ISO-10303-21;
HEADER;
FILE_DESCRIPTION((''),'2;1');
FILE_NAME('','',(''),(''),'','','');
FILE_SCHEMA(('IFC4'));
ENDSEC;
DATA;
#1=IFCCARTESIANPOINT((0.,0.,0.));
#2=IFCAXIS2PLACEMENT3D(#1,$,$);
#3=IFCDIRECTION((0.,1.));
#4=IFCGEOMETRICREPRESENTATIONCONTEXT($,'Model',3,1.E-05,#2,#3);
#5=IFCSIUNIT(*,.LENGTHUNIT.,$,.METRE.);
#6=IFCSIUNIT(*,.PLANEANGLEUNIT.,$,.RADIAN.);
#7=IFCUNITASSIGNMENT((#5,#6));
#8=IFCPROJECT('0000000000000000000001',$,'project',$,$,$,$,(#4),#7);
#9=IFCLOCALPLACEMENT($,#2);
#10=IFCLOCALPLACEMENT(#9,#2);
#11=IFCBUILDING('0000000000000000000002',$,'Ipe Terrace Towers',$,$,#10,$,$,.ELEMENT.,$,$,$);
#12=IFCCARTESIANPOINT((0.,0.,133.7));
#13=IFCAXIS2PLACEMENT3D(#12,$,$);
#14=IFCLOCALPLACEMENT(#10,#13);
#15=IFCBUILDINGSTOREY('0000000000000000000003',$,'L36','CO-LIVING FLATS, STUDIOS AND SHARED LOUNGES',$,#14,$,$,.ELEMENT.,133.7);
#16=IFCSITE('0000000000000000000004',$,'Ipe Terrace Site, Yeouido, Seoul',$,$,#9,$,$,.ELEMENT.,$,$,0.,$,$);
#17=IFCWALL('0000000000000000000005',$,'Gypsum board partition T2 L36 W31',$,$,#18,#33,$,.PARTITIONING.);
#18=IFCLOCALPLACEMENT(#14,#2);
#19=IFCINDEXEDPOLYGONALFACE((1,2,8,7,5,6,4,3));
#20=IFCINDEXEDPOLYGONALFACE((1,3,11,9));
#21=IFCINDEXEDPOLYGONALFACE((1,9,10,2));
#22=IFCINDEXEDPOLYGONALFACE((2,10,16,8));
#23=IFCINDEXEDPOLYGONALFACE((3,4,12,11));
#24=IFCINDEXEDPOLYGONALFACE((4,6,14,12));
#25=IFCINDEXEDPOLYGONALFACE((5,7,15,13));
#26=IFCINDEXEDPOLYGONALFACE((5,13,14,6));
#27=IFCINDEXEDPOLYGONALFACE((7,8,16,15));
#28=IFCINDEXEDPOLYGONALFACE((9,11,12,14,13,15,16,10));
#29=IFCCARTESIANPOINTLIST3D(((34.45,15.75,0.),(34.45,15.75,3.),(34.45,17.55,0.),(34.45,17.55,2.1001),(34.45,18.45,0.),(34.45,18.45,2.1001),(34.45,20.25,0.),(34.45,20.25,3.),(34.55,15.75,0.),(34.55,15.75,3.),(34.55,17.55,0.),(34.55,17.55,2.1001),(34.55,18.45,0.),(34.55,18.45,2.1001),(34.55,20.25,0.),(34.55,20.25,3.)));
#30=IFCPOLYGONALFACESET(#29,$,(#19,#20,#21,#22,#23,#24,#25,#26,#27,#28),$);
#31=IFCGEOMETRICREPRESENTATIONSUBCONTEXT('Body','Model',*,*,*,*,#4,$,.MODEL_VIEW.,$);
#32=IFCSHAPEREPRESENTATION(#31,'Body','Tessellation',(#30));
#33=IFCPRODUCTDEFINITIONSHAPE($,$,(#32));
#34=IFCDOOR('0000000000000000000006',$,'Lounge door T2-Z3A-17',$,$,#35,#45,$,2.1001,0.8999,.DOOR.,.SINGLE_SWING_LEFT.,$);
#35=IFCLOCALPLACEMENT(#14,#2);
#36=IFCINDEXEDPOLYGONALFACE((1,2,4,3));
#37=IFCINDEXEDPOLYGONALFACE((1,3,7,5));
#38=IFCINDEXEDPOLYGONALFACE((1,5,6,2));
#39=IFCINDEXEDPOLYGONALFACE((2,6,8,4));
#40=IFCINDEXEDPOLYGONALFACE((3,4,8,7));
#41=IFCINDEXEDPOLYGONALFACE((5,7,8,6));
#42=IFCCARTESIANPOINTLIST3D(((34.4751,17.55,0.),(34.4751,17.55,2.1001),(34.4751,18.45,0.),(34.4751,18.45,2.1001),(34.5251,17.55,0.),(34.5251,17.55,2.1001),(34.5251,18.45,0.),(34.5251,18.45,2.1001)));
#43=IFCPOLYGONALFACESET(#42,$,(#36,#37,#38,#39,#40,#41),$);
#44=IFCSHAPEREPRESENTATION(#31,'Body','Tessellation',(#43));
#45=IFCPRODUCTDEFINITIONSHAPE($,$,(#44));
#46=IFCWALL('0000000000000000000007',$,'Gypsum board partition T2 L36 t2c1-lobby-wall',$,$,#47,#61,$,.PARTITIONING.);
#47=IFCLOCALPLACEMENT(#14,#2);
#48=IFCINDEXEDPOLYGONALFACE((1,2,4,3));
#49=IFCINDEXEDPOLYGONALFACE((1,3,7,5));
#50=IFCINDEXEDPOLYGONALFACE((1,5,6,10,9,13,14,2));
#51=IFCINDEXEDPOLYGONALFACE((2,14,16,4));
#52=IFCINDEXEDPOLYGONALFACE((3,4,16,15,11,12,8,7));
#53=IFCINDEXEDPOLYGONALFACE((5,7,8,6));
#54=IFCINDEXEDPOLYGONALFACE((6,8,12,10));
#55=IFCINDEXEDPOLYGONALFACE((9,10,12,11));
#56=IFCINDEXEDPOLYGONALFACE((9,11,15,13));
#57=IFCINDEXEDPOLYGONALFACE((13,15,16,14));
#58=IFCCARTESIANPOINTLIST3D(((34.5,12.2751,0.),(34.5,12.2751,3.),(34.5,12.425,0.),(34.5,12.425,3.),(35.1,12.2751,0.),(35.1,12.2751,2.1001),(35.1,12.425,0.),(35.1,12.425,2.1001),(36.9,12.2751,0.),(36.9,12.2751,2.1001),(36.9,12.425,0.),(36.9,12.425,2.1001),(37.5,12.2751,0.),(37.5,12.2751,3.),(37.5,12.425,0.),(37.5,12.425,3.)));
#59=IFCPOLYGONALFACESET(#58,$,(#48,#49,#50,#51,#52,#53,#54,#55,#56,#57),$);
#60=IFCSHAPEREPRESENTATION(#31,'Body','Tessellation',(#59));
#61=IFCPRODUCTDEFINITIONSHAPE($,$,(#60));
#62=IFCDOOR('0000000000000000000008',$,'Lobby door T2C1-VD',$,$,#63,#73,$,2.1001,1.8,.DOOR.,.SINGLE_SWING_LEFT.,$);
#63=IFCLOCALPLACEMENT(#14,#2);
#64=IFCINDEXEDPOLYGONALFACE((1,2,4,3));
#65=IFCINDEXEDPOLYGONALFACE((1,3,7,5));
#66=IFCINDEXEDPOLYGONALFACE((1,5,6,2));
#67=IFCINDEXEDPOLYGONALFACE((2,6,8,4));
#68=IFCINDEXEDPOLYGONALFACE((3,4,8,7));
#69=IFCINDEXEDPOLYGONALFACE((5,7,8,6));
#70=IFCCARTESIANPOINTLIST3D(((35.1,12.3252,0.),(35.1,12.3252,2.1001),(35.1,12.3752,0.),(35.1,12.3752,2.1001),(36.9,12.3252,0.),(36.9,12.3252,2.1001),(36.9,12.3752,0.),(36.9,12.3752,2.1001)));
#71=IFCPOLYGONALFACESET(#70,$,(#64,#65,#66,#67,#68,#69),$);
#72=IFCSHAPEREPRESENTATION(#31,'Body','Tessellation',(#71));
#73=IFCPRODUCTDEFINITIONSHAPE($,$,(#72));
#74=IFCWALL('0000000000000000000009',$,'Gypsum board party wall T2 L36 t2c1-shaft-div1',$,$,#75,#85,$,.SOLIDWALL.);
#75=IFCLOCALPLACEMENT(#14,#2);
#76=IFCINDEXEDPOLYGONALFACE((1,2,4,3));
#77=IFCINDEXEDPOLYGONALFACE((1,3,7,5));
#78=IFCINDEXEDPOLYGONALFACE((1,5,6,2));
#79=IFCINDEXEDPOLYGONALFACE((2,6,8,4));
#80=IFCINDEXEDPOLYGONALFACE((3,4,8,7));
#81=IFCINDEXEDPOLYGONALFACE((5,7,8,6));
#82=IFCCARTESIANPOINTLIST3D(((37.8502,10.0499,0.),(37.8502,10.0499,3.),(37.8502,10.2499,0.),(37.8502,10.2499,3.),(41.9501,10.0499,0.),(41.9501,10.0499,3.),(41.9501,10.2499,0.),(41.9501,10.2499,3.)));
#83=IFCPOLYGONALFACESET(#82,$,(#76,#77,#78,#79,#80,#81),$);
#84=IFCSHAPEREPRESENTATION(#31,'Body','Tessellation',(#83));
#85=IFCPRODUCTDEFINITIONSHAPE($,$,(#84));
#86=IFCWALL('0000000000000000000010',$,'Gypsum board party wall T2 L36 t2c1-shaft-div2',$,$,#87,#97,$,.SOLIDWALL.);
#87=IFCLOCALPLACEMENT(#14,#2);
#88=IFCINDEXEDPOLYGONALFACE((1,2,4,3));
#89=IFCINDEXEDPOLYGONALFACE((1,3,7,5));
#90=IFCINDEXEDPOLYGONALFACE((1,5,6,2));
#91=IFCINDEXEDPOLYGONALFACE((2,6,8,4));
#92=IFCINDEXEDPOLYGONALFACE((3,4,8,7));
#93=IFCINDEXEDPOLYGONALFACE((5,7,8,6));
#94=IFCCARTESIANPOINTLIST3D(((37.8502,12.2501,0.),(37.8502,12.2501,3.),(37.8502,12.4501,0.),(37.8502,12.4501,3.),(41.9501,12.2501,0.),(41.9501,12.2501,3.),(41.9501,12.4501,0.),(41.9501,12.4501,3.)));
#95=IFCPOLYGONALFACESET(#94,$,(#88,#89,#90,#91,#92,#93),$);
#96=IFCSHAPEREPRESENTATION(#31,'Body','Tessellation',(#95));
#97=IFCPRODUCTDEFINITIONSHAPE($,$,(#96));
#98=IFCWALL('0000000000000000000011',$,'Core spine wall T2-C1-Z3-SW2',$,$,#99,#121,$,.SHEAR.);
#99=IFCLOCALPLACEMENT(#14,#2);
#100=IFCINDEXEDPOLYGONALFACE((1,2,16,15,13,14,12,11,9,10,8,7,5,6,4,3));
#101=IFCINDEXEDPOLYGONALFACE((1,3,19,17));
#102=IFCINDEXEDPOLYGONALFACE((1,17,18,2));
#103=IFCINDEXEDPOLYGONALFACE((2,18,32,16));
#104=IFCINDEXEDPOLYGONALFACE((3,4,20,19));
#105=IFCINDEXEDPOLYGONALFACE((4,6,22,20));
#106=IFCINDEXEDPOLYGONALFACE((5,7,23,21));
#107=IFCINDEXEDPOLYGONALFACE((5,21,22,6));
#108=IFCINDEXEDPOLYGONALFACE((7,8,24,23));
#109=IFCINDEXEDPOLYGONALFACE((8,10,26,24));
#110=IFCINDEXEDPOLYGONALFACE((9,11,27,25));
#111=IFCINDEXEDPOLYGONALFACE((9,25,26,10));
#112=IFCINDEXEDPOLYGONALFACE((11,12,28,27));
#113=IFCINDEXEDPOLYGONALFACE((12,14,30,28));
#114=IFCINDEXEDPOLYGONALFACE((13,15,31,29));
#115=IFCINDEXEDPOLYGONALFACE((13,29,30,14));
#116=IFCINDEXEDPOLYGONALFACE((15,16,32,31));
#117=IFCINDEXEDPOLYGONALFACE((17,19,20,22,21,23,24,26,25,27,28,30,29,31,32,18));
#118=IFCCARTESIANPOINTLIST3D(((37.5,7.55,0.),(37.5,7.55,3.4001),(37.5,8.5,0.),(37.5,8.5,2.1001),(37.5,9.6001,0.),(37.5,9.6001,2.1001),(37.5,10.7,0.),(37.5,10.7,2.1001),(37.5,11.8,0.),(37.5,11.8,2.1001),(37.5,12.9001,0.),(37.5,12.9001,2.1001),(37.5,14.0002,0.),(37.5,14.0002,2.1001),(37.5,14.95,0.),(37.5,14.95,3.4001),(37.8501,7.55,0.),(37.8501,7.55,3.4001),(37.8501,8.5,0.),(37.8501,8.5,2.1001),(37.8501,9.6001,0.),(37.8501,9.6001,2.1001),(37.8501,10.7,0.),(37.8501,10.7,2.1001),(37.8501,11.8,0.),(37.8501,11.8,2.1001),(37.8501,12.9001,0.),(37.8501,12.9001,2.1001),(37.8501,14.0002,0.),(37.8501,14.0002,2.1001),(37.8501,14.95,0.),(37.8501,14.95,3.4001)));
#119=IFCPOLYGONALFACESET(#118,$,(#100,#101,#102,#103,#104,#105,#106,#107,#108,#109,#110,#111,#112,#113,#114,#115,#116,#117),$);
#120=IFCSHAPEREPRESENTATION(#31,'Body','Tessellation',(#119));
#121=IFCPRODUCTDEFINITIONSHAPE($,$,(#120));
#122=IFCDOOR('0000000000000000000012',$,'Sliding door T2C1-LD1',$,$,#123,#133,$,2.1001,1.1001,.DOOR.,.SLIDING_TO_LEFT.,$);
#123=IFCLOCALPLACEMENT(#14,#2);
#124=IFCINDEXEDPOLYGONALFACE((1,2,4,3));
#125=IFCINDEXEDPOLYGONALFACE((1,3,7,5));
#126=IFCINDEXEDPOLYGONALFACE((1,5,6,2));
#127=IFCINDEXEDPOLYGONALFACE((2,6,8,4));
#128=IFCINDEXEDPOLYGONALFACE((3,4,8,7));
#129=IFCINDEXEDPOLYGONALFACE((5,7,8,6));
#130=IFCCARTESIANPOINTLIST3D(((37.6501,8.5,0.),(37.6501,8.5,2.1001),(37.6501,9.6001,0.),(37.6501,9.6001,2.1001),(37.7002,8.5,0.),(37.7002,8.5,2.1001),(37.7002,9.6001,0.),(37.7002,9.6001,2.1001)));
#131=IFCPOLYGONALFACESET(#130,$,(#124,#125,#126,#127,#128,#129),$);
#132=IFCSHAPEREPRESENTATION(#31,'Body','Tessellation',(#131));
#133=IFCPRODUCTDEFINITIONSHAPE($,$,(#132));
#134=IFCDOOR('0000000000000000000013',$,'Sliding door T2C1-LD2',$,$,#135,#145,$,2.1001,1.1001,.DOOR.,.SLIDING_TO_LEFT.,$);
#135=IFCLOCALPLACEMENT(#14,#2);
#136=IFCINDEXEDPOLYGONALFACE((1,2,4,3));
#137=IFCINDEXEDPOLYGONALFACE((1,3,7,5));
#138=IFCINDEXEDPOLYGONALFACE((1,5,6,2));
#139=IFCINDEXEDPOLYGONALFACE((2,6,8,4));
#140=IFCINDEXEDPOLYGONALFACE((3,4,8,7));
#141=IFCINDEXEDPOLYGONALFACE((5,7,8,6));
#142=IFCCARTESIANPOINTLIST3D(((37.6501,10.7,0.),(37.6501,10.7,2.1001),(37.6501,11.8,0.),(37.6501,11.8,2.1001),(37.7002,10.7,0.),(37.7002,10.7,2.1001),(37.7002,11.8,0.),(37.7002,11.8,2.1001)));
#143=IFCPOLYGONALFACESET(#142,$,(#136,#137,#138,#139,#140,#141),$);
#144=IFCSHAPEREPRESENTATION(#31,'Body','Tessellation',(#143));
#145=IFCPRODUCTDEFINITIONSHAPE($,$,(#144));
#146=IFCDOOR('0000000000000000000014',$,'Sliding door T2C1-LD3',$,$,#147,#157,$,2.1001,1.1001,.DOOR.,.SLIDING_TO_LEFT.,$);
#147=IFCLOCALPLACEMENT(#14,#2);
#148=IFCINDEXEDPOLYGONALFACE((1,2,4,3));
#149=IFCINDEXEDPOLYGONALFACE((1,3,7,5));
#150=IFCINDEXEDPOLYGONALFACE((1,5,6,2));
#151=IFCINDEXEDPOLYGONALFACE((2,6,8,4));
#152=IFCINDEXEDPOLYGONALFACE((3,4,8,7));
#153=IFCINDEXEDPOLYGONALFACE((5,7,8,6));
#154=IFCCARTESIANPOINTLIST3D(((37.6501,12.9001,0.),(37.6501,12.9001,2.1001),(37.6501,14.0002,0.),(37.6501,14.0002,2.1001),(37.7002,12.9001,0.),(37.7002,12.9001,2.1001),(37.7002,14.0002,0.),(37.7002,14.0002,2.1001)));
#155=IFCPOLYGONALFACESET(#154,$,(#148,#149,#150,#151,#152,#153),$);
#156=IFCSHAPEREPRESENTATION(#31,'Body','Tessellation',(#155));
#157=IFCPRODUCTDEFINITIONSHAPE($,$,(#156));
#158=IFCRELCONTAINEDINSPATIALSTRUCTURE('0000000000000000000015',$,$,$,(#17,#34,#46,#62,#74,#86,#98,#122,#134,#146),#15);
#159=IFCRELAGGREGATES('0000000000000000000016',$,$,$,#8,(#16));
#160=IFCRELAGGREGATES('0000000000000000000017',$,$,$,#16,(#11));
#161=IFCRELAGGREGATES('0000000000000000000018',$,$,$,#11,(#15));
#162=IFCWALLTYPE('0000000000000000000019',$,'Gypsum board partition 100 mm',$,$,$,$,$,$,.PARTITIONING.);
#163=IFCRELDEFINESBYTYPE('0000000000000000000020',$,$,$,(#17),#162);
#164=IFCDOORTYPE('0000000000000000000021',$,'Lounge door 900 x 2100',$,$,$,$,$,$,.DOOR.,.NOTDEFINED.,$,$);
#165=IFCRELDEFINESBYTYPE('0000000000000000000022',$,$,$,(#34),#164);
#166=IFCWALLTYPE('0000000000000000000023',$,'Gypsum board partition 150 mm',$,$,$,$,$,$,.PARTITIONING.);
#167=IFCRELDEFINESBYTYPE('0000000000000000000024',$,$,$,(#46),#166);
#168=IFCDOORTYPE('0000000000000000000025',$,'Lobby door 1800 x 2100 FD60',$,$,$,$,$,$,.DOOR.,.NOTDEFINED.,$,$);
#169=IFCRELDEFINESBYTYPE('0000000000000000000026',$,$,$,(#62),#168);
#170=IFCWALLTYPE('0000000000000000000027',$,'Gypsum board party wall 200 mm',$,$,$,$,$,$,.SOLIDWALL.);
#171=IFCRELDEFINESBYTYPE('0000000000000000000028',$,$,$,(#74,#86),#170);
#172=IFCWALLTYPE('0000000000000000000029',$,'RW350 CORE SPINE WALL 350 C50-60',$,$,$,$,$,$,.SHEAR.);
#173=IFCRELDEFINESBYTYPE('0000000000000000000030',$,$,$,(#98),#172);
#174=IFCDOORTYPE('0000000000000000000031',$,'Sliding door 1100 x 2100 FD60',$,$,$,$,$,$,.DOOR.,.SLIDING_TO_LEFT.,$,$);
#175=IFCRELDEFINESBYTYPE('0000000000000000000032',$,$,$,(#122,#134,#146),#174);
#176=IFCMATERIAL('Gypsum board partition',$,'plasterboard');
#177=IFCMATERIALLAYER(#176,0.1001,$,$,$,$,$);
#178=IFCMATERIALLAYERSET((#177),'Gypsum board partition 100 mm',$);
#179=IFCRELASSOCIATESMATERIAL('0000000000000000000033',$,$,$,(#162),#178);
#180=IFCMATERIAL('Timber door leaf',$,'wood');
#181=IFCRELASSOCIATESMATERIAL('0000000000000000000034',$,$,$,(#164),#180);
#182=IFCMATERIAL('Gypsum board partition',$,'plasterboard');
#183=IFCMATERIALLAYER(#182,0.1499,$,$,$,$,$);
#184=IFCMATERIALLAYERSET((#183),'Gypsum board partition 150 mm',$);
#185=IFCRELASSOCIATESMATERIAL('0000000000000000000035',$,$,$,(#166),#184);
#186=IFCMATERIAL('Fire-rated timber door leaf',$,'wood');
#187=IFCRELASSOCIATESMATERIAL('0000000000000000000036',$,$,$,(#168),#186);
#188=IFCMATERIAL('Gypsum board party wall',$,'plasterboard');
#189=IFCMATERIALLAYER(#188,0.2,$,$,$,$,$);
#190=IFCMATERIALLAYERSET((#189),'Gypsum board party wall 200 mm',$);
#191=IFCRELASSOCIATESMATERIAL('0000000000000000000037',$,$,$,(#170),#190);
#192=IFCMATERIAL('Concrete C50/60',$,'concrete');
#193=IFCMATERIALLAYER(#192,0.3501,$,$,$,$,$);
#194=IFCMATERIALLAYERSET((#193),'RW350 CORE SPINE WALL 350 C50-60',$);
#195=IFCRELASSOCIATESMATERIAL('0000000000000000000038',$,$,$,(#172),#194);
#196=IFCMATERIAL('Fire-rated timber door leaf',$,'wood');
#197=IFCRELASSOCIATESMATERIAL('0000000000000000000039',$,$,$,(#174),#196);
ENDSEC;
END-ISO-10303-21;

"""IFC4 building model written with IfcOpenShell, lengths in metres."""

from ifc_helpers import new_model, si_unit, direction, frame, frame_2d, origin, place, context, subcontext, project, spatial, rectangle, extrude, material, layer, layer_set, type_object, element, fill, save


model = new_model("IFC4")

# Units and contexts
model_context = context("Model", 3, precision=1e-05, world=origin(), true_north=direction((0.0, 1.0)))
body_context = subcontext(model_context, "Body", "Model", "MODEL_VIEW")
ifc_project = project(units=[si_unit("LENGTHUNIT", "METRE"), si_unit("PLANEANGLEUNIT", "RADIAN")], contexts=[model_context])

# Site, building, storey
site_placement = place(None, origin())
site = spatial("IfcSite", under=ifc_project, at=site_placement, Name="Ipe Terrace Site, Yeouido, Seoul", CompositionType="ELEMENT", RefElevation=0.0)
building_placement = place(site_placement, origin())
building = spatial("IfcBuilding", under=site, at=building_placement, Name="Ipe Terrace Towers", CompositionType="ELEMENT")
storey_placement = place(building_placement, frame((0.0, 0.0, 133.7)))
storey = spatial("IfcBuildingStorey", under=building, at=storey_placement, Name="L36", Description="CO-LIVING FLATS, STUDIOS AND SHARED LOUNGES", CompositionType="ELEMENT", Elevation=133.7)

# Walls, openings, doors
ifc_material_1 = material(Name="Gypsum board partition", Category="plasterboard")
ifc_layer_1 = layer(ifc_material_1, 0.1001)
ifc_layer_set_1 = layer_set([ifc_layer_1], Name="Gypsum board partition 100 mm")
wall_type_1 = type_object("IfcWallType", Name="Gypsum board partition 100 mm", PredefinedType="PARTITIONING", material=ifc_layer_set_1)
ifc_material_2 = material(Name="Timber door leaf", Category="wood")
door_type_1 = type_object("IfcDoorType", Name="Lounge door 900 x 2100", OperationType="NOTDEFINED", PredefinedType="DOOR", material=ifc_material_2)
wall_1_placement = place(storey_placement, frame((34.5, 15.75, 0.0), z_axis=(0.0, 0.0, 1.0), x_axis=(0.0, 1.0, 0.0)))
wall_1 = element("IfcWall", 1, at=wall_1_placement, inside=storey, type_object=wall_type_1, Name="Gypsum board partition T2 L36 W31", PredefinedType="PARTITIONING", context=body_context, shape_type="SweptSolid", body=[
    extrude(rectangle(XDim=4.5, YDim=0.1001, at=frame_2d((2.25, 0.0))), origin(), (0.0, 0.0, 1.0), 3.0),
])
opening_1_placement = place(wall_1_placement, frame((1.8, 0.0, 0.0)))
opening_1 = element("IfcOpeningElement", 2, at=opening_1_placement, cuts=wall_1, PredefinedType="OPENING", context=body_context, shape_type="SweptSolid", body=[
    extrude(rectangle(XDim=0.8999, YDim=2.1001, at=frame_2d((0.45, 1.05))), frame((0.0, 0.0601, 0.0), z_axis=(0.0, -1.0, 0.0), x_axis=(1.0, 0.0, 0.0)), (0.0, 0.0, 1.0), 0.1201),
])
door_1_placement = place(opening_1_placement, origin())
door_1 = element("IfcDoor", 3, at=door_1_placement, inside=storey, type_object=door_type_1, Name="Lounge door T2-Z3A-17", OperationType="SINGLE_SWING_LEFT", OverallHeight=2.1001, OverallWidth=0.8999, PredefinedType="DOOR", context=body_context, shape_type="SweptSolid", body=[
    extrude(rectangle(XDim=0.8999, YDim=2.1001, at=frame_2d((0.45, 1.05))), frame((0.0, 0.0249, 0.0), z_axis=(0.0, -1.0, 0.0), x_axis=(1.0, 0.0, 0.0)), (0.0, 0.0, 1.0), 0.05),
])
fill(opening_1, door_1)
ifc_material_3 = material(Name="Gypsum board partition", Category="plasterboard")
ifc_layer_2 = layer(ifc_material_3, 0.1499)
ifc_layer_set_2 = layer_set([ifc_layer_2], Name="Gypsum board partition 150 mm")
wall_type_2 = type_object("IfcWallType", Name="Gypsum board partition 150 mm", PredefinedType="PARTITIONING", material=ifc_layer_set_2)
wall_2_placement = place(storey_placement, frame((37.5, 12.3501, 0.0), z_axis=(0.0, 0.0, 1.0), x_axis=(-1.0, 0.0, 0.0)))
wall_2 = element("IfcWall", 4, at=wall_2_placement, inside=storey, type_object=wall_type_2, Name="Gypsum board partition T2 L36 t2c1-lobby-wall", PredefinedType="PARTITIONING", context=body_context, shape_type="SweptSolid", body=[
    extrude(rectangle(XDim=3.0, YDim=0.1499, at=frame_2d((1.5, 0.0))), origin(), (0.0, 0.0, 1.0), 3.0),
])
opening_2_placement = place(wall_2_placement, frame((0.6001, 0.0, 0.0)))
opening_2 = element("IfcOpeningElement", 5, at=opening_2_placement, cuts=wall_2, PredefinedType="OPENING", context=body_context, shape_type="SweptSolid", body=[
    extrude(rectangle(XDim=1.8, YDim=2.1001, at=frame_2d((0.8999, 1.05))), frame((0.0, 0.085, 0.0), z_axis=(0.0, -1.0, 0.0), x_axis=(1.0, 0.0, 0.0)), (0.0, 0.0, 1.0), 0.1699),
])
ifc_material_4 = material(Name="Fire-rated timber door leaf", Category="wood")
door_type_2 = type_object("IfcDoorType", Name="Lobby door 1800 x 2100 FD60", OperationType="NOTDEFINED", PredefinedType="DOOR", material=ifc_material_4)
door_2_placement = place(opening_2_placement, origin())
door_2 = element("IfcDoor", 6, at=door_2_placement, inside=storey, type_object=door_type_2, Name="Lobby door T2C1-VD", OperationType="SINGLE_SWING_LEFT", OverallHeight=2.1001, OverallWidth=1.8, PredefinedType="DOOR", context=body_context, shape_type="SweptSolid", body=[
    extrude(rectangle(XDim=1.8, YDim=2.1001, at=frame_2d((0.8999, 1.05))), frame((0.0, 0.0249, 0.0), z_axis=(0.0, -1.0, 0.0), x_axis=(1.0, 0.0, 0.0)), (0.0, 0.0, 1.0), 0.05),
])
fill(opening_2, door_2)

# Walls
ifc_material_5 = material(Name="Gypsum board party wall", Category="plasterboard")
ifc_layer_3 = layer(ifc_material_5, 0.2)
ifc_layer_set_3 = layer_set([ifc_layer_3], Name="Gypsum board party wall 200 mm")
wall_type_3 = type_object("IfcWallType", Name="Gypsum board party wall 200 mm", PredefinedType="SOLIDWALL", material=ifc_layer_set_3)
for number, where, z_axis, x_axis, name in (
    (7, (41.95, 10.1499, 0.0), (0.0, 0.0, 1.0), (-1.0, 0.0, 0.0), "Gypsum board party wall T2 L36 t2c1-shaft-div1"),
    (8, (41.95, 12.3501, 0.0), (0.0, 0.0, 1.0), (-1.0, 0.0, 0.0), "Gypsum board party wall T2 L36 t2c1-shaft-div2"),
):
    element("IfcWall", number, at=place(storey_placement, frame(where, z_axis=z_axis, x_axis=x_axis)), inside=storey, type_object=wall_type_3, Name=name, PredefinedType="SOLIDWALL", context=body_context, shape_type="SweptSolid", body=[
        extrude(rectangle(XDim=4.0999, YDim=0.2, at=frame_2d((2.0498, 0.0))), origin(), (0.0, 0.0, 1.0), 3.0),
    ])

# Wall, openings, doors
ifc_material_6 = material(Name="Concrete C50/60", Category="concrete")
ifc_layer_4 = layer(ifc_material_6, 0.3501)
ifc_layer_set_4 = layer_set([ifc_layer_4], Name="RW350 CORE SPINE WALL 350 C50-60")
wall_type_4 = type_object("IfcWallType", Name="RW350 CORE SPINE WALL 350 C50-60", PredefinedType="SHEAR", material=ifc_layer_set_4)
wall_3_placement = place(storey_placement, frame((37.675, 7.55, 0.0), z_axis=(0.0, 0.0, 1.0), x_axis=(0.0, 1.0, 0.0)))
wall_3 = element("IfcWall", 9, at=wall_3_placement, inside=storey, type_object=wall_type_4, Name="Core spine wall T2-C1-Z3-SW2", PredefinedType="SHEAR", context=body_context, shape_type="SweptSolid", body=[
    extrude(rectangle(XDim=7.3999, YDim=0.3501, at=frame_2d((3.7, 0.0))), origin(), (0.0, 0.0, 1.0), 3.4001),
])
opening_3_placement = place(wall_3_placement, frame((0.95, 0.0, 0.0)))
opening_3 = element("IfcOpeningElement", 10, at=opening_3_placement, cuts=wall_3, PredefinedType="OPENING", context=body_context, shape_type="SweptSolid", body=[
    extrude(rectangle(XDim=1.1001, YDim=2.1001, at=frame_2d((0.55, 1.05))), frame((0.0, 0.1851, 0.0), z_axis=(0.0, -1.0, 0.0), x_axis=(1.0, 0.0, 0.0)), (0.0, 0.0, 1.0), 0.3701),
])
opening_4_placement = place(wall_3_placement, frame((3.1499, 0.0, 0.0)))
opening_4 = element("IfcOpeningElement", 11, at=opening_4_placement, cuts=wall_3, PredefinedType="OPENING", context=body_context, shape_type="SweptSolid", body=[
    extrude(rectangle(XDim=1.1001, YDim=2.1001, at=frame_2d((0.55, 1.05))), frame((0.0, 0.1851, 0.0), z_axis=(0.0, -1.0, 0.0), x_axis=(1.0, 0.0, 0.0)), (0.0, 0.0, 1.0), 0.3701),
])
opening_5_placement = place(wall_3_placement, frame((5.3501, 0.0, 0.0)))
opening_5 = element("IfcOpeningElement", 12, at=opening_5_placement, cuts=wall_3, PredefinedType="OPENING", context=body_context, shape_type="SweptSolid", body=[
    extrude(rectangle(XDim=1.1001, YDim=2.1001, at=frame_2d((0.55, 1.05))), frame((0.0, 0.1851, 0.0), z_axis=(0.0, -1.0, 0.0), x_axis=(1.0, 0.0, 0.0)), (0.0, 0.0, 1.0), 0.3701),
])
ifc_material_7 = material(Name="Fire-rated timber door leaf", Category="wood")
door_type_3 = type_object("IfcDoorType", Name="Sliding door 1100 x 2100 FD60", OperationType="SLIDING_TO_LEFT", PredefinedType="DOOR", material=ifc_material_7)
door_3_placement = place(opening_3_placement, origin())
door_3 = element("IfcDoor", 13, at=door_3_placement, inside=storey, type_object=door_type_3, Name="Sliding door T2C1-LD1", OperationType="SLIDING_TO_LEFT", OverallHeight=2.1001, OverallWidth=1.1001, PredefinedType="DOOR", context=body_context, shape_type="SweptSolid", body=[
    extrude(rectangle(XDim=1.1001, YDim=2.1001, at=frame_2d((0.55, 1.05))), frame((0.0, 0.0249, 0.0), z_axis=(0.0, -1.0, 0.0), x_axis=(1.0, 0.0, 0.0)), (0.0, 0.0, 1.0), 0.05),
])
fill(opening_3, door_3)
door_4_placement = place(opening_4_placement, origin())
door_4 = element("IfcDoor", 14, at=door_4_placement, inside=storey, type_object=door_type_3, Name="Sliding door T2C1-LD2", OperationType="SLIDING_TO_LEFT", OverallHeight=2.1001, OverallWidth=1.1001, PredefinedType="DOOR", context=body_context, shape_type="SweptSolid", body=[
    extrude(rectangle(XDim=1.1001, YDim=2.1001, at=frame_2d((0.55, 1.05))), frame((0.0, 0.0249, 0.0), z_axis=(0.0, -1.0, 0.0), x_axis=(1.0, 0.0, 0.0)), (0.0, 0.0, 1.0), 0.05),
])
fill(opening_4, door_4)
door_5_placement = place(opening_5_placement, origin())
door_5 = element("IfcDoor", 15, at=door_5_placement, inside=storey, type_object=door_type_3, Name="Sliding door T2C1-LD3", OperationType="SLIDING_TO_LEFT", OverallHeight=2.1001, OverallWidth=1.1001, PredefinedType="DOOR", context=body_context, shape_type="SweptSolid", body=[
    extrude(rectangle(XDim=1.1001, YDim=2.1001, at=frame_2d((0.55, 1.05))), frame((0.0, 0.0249, 0.0), z_axis=(0.0, -1.0, 0.0), x_axis=(1.0, 0.0, 0.0)), (0.0, 0.0, 1.0), 0.05),
])
fill(opening_5, door_5)

save(model, "model.ifc")
